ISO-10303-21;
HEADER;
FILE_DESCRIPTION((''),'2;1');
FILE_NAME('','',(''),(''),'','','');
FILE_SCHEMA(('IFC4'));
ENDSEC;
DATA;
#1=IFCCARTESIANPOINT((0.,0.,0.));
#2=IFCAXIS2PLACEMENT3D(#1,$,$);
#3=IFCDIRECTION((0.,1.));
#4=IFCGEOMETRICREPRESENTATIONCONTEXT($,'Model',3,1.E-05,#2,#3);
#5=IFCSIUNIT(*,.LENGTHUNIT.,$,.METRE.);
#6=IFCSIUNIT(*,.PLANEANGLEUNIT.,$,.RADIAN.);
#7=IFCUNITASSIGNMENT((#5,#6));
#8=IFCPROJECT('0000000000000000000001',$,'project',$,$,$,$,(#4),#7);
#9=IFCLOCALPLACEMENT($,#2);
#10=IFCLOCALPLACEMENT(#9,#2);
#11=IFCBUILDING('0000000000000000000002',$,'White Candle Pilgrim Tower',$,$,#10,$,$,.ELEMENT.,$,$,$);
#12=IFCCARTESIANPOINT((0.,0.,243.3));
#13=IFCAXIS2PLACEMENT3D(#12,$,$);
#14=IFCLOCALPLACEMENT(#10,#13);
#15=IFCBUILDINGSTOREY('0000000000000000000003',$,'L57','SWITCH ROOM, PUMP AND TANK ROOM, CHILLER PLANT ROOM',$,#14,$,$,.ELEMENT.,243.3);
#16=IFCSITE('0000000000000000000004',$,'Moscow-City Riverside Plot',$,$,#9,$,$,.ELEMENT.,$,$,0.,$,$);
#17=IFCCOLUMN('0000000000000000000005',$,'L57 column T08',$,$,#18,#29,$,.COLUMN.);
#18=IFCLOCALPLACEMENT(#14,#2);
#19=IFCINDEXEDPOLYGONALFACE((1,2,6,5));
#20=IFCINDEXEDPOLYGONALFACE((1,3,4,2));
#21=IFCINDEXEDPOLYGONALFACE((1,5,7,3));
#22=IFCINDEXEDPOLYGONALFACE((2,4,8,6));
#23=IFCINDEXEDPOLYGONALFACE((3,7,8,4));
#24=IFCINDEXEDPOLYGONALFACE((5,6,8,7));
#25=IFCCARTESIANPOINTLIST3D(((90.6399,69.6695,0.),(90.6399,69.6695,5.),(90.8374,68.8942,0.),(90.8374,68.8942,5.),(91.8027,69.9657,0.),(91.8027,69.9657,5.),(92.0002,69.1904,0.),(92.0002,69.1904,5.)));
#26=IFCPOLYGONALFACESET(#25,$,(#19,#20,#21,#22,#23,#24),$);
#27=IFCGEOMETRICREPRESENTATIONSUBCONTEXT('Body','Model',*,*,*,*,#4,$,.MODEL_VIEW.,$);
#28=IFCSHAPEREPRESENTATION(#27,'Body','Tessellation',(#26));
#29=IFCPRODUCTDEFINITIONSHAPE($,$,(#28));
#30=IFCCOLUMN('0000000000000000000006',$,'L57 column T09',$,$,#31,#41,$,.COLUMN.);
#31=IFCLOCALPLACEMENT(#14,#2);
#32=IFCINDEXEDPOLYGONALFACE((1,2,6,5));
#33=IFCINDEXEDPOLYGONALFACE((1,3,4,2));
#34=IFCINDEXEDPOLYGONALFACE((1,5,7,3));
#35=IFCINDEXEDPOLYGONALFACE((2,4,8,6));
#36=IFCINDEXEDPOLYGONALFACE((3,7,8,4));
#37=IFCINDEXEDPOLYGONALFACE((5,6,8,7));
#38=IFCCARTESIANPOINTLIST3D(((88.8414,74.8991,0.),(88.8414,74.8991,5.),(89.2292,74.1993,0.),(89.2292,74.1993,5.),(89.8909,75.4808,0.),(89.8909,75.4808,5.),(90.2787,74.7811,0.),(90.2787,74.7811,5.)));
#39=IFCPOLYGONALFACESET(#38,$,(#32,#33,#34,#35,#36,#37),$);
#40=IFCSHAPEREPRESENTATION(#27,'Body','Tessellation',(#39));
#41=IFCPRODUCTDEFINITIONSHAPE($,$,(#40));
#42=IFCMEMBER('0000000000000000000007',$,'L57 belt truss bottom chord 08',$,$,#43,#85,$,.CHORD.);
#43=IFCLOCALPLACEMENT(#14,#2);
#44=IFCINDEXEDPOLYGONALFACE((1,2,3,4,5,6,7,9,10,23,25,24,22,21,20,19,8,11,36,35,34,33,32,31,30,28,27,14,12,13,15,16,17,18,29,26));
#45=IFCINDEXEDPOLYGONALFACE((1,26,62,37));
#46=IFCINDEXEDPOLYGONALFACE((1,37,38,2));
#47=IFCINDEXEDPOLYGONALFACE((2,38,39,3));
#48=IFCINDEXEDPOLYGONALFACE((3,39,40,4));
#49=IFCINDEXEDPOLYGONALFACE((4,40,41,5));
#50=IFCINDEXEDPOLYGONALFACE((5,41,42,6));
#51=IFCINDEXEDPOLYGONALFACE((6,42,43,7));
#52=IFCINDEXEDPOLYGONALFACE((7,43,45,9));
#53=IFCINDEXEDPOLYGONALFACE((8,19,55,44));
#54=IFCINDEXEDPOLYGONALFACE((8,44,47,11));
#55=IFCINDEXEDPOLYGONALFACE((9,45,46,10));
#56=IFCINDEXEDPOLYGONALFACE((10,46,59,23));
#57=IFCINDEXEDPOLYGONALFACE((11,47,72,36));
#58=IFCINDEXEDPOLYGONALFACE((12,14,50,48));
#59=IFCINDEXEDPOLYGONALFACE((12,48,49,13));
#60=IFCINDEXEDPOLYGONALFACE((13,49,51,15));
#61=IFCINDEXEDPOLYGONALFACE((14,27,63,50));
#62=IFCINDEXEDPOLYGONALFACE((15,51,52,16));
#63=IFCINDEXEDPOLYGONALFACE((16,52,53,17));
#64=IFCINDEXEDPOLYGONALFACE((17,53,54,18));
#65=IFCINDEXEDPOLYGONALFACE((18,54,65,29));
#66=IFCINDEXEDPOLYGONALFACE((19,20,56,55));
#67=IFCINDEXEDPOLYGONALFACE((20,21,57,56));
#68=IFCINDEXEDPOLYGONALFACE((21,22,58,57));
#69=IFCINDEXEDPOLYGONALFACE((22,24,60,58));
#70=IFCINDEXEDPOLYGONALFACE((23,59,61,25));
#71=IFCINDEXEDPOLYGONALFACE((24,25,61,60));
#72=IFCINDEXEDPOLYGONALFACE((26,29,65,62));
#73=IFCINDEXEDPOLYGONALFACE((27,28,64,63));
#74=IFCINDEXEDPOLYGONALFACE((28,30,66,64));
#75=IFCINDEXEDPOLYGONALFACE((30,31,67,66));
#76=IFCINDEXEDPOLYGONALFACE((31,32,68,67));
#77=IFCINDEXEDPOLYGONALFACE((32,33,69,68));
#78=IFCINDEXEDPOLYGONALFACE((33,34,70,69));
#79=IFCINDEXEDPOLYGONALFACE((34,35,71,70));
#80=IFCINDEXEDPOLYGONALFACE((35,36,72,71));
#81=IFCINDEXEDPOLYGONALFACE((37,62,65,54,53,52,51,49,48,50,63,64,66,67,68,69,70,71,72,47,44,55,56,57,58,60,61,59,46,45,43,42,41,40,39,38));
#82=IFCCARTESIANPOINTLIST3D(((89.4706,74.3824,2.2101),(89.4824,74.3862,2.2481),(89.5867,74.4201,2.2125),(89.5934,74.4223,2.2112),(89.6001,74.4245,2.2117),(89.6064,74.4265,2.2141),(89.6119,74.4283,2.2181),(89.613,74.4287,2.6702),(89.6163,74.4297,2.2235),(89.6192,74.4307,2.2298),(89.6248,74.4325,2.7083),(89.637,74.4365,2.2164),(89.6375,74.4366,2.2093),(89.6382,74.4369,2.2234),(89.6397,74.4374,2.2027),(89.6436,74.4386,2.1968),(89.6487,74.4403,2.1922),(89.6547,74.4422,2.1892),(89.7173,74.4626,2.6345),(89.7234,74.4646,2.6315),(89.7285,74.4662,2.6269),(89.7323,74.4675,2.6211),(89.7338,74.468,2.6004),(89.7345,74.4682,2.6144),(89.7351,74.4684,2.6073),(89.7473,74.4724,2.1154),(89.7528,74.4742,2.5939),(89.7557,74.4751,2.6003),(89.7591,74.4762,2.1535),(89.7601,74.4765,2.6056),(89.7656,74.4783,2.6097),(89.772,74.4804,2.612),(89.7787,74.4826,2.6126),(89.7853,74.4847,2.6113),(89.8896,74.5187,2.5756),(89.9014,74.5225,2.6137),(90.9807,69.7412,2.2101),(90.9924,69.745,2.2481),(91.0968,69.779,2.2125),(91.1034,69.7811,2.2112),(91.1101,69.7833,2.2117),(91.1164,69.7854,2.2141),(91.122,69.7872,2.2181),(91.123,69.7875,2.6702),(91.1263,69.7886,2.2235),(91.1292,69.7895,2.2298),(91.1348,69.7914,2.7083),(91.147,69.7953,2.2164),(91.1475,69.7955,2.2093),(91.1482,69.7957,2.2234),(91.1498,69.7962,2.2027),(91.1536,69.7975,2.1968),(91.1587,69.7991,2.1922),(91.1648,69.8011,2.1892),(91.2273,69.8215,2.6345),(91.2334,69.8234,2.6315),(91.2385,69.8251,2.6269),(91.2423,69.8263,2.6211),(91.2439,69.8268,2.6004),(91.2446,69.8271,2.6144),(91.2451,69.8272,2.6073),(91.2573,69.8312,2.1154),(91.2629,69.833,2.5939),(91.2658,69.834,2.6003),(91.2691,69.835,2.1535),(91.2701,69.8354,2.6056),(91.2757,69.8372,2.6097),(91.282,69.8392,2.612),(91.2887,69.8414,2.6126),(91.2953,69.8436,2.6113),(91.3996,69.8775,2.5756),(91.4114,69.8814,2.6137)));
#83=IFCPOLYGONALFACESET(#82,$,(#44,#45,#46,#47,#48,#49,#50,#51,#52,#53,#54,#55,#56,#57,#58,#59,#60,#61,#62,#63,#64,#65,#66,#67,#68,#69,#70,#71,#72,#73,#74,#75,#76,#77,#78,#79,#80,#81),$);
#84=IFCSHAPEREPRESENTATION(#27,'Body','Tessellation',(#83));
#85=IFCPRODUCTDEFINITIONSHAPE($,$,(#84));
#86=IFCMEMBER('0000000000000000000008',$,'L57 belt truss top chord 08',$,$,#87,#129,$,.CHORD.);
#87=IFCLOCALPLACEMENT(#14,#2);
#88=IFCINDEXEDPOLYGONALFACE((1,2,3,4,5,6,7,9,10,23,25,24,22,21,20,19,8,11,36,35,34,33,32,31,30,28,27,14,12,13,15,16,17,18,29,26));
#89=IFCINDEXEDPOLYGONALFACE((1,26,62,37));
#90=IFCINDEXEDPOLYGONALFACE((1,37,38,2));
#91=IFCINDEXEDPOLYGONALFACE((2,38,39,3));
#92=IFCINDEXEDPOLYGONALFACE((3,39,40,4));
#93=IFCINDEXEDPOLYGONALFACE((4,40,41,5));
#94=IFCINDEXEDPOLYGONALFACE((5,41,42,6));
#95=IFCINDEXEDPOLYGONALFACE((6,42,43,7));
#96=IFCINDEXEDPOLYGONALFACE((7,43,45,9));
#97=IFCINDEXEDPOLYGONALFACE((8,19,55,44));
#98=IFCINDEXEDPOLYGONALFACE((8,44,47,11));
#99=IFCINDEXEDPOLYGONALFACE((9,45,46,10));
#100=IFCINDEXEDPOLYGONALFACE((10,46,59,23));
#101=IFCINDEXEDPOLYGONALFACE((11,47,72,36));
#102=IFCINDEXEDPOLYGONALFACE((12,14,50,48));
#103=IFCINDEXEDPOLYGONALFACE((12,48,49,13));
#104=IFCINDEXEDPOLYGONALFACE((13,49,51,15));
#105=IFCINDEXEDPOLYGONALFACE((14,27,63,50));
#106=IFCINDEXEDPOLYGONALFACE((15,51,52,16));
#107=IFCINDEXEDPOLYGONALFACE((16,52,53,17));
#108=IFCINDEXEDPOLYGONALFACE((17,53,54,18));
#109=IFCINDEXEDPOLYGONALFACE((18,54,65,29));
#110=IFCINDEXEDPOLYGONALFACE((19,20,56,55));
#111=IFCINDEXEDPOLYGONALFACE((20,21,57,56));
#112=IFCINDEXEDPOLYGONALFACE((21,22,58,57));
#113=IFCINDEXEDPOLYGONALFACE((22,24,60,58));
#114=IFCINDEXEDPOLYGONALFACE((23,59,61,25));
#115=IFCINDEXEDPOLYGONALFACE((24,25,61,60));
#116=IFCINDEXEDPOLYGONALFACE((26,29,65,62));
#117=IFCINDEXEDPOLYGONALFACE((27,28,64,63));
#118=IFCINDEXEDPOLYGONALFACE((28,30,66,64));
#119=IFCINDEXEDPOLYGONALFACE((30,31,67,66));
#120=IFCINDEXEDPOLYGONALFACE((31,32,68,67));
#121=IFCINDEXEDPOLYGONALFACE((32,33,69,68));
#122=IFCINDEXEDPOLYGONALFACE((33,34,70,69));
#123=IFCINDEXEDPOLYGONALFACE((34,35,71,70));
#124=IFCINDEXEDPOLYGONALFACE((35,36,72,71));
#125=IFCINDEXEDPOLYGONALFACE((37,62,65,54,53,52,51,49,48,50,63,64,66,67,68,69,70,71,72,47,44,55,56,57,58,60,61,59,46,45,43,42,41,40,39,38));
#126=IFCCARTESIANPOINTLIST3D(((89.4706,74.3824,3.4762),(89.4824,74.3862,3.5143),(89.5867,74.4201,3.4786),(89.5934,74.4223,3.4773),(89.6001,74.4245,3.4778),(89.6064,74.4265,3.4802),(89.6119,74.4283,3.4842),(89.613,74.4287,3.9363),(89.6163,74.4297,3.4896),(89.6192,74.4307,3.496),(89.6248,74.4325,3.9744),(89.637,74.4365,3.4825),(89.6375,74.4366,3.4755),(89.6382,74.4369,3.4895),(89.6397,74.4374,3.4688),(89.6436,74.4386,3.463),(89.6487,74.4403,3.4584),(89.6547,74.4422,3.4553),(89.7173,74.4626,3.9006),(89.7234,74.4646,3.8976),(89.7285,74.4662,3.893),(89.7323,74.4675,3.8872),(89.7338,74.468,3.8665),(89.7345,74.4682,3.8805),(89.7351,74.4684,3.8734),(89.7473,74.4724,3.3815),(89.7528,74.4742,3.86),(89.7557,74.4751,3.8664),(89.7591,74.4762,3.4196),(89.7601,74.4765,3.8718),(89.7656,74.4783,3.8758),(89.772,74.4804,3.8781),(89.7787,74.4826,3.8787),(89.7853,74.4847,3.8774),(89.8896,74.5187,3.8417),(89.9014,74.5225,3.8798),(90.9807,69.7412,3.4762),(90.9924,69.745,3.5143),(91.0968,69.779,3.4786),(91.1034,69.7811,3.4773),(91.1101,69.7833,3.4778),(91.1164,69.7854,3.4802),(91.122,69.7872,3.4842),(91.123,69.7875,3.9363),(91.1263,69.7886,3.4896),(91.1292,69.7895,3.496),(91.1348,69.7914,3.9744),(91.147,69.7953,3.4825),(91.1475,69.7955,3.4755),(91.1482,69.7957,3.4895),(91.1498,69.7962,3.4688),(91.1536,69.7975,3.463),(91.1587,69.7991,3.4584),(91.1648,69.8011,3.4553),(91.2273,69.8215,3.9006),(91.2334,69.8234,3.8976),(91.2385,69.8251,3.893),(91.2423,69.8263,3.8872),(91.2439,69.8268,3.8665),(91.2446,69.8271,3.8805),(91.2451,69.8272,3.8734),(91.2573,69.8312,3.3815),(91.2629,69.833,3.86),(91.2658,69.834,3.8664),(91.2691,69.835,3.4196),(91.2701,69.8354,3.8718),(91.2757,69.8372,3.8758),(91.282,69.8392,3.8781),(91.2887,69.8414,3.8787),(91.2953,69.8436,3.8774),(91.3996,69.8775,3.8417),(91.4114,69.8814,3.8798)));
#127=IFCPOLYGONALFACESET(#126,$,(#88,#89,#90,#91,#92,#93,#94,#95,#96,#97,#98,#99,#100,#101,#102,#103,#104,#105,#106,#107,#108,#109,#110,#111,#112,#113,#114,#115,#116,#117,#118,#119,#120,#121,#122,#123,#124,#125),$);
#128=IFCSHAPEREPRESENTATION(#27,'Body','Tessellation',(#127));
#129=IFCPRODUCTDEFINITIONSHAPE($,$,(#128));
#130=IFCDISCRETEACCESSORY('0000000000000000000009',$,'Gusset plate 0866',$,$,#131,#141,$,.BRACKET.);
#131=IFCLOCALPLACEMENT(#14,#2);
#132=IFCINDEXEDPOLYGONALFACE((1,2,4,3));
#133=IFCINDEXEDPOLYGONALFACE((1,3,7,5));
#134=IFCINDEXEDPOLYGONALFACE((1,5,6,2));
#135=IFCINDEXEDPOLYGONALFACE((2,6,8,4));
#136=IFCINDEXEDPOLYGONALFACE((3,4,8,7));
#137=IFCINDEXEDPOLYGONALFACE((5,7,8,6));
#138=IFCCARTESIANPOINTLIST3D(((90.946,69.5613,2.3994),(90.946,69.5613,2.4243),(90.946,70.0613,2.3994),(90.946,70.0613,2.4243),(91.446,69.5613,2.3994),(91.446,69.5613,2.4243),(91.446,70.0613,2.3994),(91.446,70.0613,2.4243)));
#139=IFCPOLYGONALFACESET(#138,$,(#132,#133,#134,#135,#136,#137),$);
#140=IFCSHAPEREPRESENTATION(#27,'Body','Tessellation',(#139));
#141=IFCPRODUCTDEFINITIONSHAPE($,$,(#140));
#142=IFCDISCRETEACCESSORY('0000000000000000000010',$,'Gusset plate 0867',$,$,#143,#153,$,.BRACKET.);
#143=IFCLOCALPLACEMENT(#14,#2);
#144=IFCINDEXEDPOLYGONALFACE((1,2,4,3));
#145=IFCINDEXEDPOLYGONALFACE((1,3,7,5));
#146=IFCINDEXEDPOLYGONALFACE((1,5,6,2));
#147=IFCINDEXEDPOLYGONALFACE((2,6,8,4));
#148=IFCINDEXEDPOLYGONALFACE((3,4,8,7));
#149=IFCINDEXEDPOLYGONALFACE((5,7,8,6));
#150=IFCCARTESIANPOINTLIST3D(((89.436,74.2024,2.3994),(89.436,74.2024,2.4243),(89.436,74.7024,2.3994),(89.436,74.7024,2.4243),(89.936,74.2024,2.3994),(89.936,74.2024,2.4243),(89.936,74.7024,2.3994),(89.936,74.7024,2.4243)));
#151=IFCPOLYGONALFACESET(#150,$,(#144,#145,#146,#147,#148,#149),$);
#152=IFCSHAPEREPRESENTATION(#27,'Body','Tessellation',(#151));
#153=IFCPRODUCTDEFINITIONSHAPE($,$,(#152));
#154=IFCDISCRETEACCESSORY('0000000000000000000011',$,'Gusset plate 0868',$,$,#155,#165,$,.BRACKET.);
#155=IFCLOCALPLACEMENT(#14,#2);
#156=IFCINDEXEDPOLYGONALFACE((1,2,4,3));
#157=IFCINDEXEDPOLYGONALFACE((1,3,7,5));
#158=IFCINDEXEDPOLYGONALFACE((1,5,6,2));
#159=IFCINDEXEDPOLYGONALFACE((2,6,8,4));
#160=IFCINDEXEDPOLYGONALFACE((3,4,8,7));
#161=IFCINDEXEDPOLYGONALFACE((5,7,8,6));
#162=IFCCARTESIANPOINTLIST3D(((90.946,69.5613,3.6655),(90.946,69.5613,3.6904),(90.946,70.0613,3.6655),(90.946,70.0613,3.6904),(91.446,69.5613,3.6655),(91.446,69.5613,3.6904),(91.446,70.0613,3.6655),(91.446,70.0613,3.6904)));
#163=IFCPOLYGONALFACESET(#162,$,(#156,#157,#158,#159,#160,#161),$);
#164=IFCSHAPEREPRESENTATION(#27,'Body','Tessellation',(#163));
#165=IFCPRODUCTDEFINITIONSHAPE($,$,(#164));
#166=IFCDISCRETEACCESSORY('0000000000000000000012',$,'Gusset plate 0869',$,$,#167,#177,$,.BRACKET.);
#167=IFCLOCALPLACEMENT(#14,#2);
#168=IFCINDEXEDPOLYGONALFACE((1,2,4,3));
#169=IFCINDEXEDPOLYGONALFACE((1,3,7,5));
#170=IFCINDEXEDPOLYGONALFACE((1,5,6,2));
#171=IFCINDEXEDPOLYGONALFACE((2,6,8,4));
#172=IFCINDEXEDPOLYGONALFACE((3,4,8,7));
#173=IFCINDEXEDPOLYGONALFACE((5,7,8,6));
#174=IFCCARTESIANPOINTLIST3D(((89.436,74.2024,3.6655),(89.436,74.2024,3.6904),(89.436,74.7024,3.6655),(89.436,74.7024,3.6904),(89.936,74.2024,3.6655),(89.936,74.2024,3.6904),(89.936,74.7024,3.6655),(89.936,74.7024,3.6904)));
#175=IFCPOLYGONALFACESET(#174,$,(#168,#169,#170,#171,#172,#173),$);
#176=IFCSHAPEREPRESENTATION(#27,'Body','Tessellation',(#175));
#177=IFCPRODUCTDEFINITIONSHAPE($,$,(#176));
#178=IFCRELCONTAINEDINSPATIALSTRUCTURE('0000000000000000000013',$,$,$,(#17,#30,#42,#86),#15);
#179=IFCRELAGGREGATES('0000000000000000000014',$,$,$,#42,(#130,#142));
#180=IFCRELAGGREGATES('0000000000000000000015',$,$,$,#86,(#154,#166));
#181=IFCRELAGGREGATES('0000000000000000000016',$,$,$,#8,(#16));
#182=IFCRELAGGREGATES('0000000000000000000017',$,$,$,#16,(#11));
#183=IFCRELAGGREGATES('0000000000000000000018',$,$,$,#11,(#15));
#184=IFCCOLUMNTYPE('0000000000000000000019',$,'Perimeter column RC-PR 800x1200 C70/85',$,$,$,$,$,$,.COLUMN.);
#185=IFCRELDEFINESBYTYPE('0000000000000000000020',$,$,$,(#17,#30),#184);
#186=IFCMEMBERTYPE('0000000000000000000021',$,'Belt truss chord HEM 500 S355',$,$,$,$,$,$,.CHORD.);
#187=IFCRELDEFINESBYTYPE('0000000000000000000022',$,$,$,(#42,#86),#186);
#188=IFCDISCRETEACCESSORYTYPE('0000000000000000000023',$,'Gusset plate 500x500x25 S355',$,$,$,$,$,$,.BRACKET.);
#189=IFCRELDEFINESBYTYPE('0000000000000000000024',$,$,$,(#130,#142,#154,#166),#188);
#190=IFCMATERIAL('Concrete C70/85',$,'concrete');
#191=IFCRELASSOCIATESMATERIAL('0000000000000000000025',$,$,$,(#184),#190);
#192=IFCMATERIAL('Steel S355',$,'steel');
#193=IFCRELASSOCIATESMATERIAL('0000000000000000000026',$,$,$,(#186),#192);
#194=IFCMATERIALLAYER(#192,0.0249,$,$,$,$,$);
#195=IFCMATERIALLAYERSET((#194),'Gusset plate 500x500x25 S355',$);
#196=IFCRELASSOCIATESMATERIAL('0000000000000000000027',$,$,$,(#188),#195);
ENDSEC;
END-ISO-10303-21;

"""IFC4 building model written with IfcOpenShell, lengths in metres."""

from ifc_helpers import new_model, si_unit, direction, frame, origin, origin_2d, place, context, subcontext, project, spatial, rectangle, i_section, extrude, material, layer, layer_set, material_profile, profile_set, type_object, element, aggregate, save


model = new_model("IFC4")

# Units and contexts
model_context = context("Model", 3, precision=1e-05, world=origin(), true_north=direction((0.0, 1.0)))
body_context = subcontext(model_context, "Body", "Model", "MODEL_VIEW")
ifc_project = project(units=[si_unit("LENGTHUNIT", "METRE"), si_unit("PLANEANGLEUNIT", "RADIAN")], contexts=[model_context])

# Site, building, storey
site_placement = place(None, origin())
site = spatial("IfcSite", under=ifc_project, at=site_placement, Name="Moscow-City Riverside Plot", CompositionType="ELEMENT", RefElevation=0.0)
building_placement = place(site_placement, origin())
building = spatial("IfcBuilding", under=site, at=building_placement, Name="White Candle Pilgrim Tower", CompositionType="ELEMENT")
storey_placement = place(building_placement, frame((0.0, 0.0, 243.3)))
storey = spatial("IfcBuildingStorey", under=building, at=storey_placement, Name="L57", Description="SWITCH ROOM, PUMP AND TANK ROOM, CHILLER PLANT ROOM", CompositionType="ELEMENT", Elevation=243.3)

# Columns
ifc_material_1 = material(Name="Concrete C70/85", Category="concrete")
ifc_material_profile_1 = material_profile(ifc_material_1, rectangle(XDim=0.8, YDim=1.2, at=origin_2d()), Name="RC-PR 800x1200")
ifc_profile_set_1 = profile_set([ifc_material_profile_1], Name="Concrete C70/85")
column_type = type_object("IfcColumnType", Name="Perimeter column RC-PR 800x1200 C70/85", PredefinedType="COLUMN", material=ifc_profile_set_1)
for number, where, z_axis, x_axis, name in (
    (1, (91.3201, 69.4299, 0.0), (0.0, 0.0, 1.0), (0.246881, -0.969046, 0.0), "L57 column T08"),
    (2, (89.5601, 74.8401, 0.0), (0.0, 0.0, 1.0), (0.48481, -0.87462, 0.0), "L57 column T09"),
):
    element("IfcColumn", number, at=place(storey_placement, frame(where, z_axis=z_axis, x_axis=x_axis)), inside=storey, type_object=column_type, Name=name, PredefinedType="COLUMN", context=body_context, shape_type="SweptSolid", body=[
        extrude(rectangle(XDim=0.8, YDim=1.2, at=origin_2d()), origin(), (0.0, 0.0, 1.0), 5.0),
    ])

# Members
ifc_material_2 = material(Name="Steel S355", Category="steel")
ifc_material_profile_2 = material_profile(ifc_material_2, i_section(OverallWidth=0.3059, OverallDepth=0.5239, WebThickness=0.021, FlangeThickness=0.04, FilletRadius=0.0271, at=origin_2d()), Name="HEM 500")
ifc_profile_set_2 = profile_set([ifc_material_profile_2], Name="Steel S355")
member_type_1 = type_object("IfcMemberType", Name="Belt truss chord HEM 500 S355", PredefinedType="CHORD", material=ifc_profile_set_2)
member_1_placement = place(storey_placement, frame((91.196, 69.8113, 2.4119), z_axis=(-0.309391, 0.950935, 0.0), x_axis=(0.904287, 0.294214, -0.30936)))
member_1 = element("IfcMember", 3, at=member_1_placement, inside=storey, type_object=member_type_1, Name="L57 belt truss bottom chord 08", PredefinedType="CHORD", context=body_context, shape_type="SweptSolid", body=[
    extrude(i_section(OverallWidth=0.3059, OverallDepth=0.5239, WebThickness=0.021, FlangeThickness=0.04, FilletRadius=0.0271, at=origin_2d()), origin(), (0.0, 0.0, 1.0), 4.8806),
])
member_2_placement = place(storey_placement, frame((91.196, 69.8113, 3.678), z_axis=(-0.309391, 0.950935, 0.0), x_axis=(0.904287, 0.294214, -0.30936)))
member_2 = element("IfcMember", 4, at=member_2_placement, inside=storey, type_object=member_type_1, Name="L57 belt truss top chord 08", PredefinedType="CHORD", context=body_context, shape_type="SweptSolid", body=[
    extrude(i_section(OverallWidth=0.3059, OverallDepth=0.5239, WebThickness=0.021, FlangeThickness=0.04, FilletRadius=0.0271, at=origin_2d()), origin(), (0.0, 0.0, 1.0), 4.8806),
])

# Discrete accessories
ifc_layer_1 = layer(ifc_material_2, 0.0249)
ifc_layer_set_1 = layer_set([ifc_layer_1], Name="Gusset plate 500x500x25 S355")
discrete_accessory_type = type_object("IfcDiscreteAccessoryType", Name="Gusset plate 500x500x25 S355", PredefinedType="BRACKET", material=ifc_layer_set_1)
discrete_accessory_1_placement = place(storey_placement, frame((91.196, 69.8113, 2.3994), z_axis=(0.0, 0.0, 1.0), x_axis=(1.0, 0.0, 0.0)))
discrete_accessory_1 = element("IfcDiscreteAccessory", 5, at=discrete_accessory_1_placement, type_object=discrete_accessory_type, Name="Gusset plate 0866", PredefinedType="BRACKET", context=body_context, shape_type="SweptSolid", body=[
    extrude(rectangle(XDim=0.5, YDim=0.5, at=origin_2d()), origin(), (0.0, 0.0, 1.0), 0.0249),
])
discrete_accessory_2_placement = place(storey_placement, frame((89.686, 74.4524, 2.3994), z_axis=(0.0, 0.0, 1.0), x_axis=(1.0, 0.0, 0.0)))
discrete_accessory_2 = element("IfcDiscreteAccessory", 6, at=discrete_accessory_2_placement, type_object=discrete_accessory_type, Name="Gusset plate 0867", PredefinedType="BRACKET", context=body_context, shape_type="SweptSolid", body=[
    extrude(rectangle(XDim=0.5, YDim=0.5, at=origin_2d()), origin(), (0.0, 0.0, 1.0), 0.0249),
])
aggregate(member_1, [discrete_accessory_1, discrete_accessory_2])
discrete_accessory_3_placement = place(storey_placement, frame((91.196, 69.8113, 3.6655), z_axis=(0.0, 0.0, 1.0), x_axis=(1.0, 0.0, 0.0)))
discrete_accessory_3 = element("IfcDiscreteAccessory", 7, at=discrete_accessory_3_placement, type_object=discrete_accessory_type, Name="Gusset plate 0868", PredefinedType="BRACKET", context=body_context, shape_type="SweptSolid", body=[
    extrude(rectangle(XDim=0.5, YDim=0.5, at=origin_2d()), origin(), (0.0, 0.0, 1.0), 0.0249),
])
discrete_accessory_4_placement = place(storey_placement, frame((89.686, 74.4524, 3.6655), z_axis=(0.0, 0.0, 1.0), x_axis=(1.0, 0.0, 0.0)))
discrete_accessory_4 = element("IfcDiscreteAccessory", 8, at=discrete_accessory_4_placement, type_object=discrete_accessory_type, Name="Gusset plate 0869", PredefinedType="BRACKET", context=body_context, shape_type="SweptSolid", body=[
    extrude(rectangle(XDim=0.5, YDim=0.5, at=origin_2d()), origin(), (0.0, 0.0, 1.0), 0.0249),
])
aggregate(member_2, [discrete_accessory_3, discrete_accessory_4])

save(model, "model.ifc")
